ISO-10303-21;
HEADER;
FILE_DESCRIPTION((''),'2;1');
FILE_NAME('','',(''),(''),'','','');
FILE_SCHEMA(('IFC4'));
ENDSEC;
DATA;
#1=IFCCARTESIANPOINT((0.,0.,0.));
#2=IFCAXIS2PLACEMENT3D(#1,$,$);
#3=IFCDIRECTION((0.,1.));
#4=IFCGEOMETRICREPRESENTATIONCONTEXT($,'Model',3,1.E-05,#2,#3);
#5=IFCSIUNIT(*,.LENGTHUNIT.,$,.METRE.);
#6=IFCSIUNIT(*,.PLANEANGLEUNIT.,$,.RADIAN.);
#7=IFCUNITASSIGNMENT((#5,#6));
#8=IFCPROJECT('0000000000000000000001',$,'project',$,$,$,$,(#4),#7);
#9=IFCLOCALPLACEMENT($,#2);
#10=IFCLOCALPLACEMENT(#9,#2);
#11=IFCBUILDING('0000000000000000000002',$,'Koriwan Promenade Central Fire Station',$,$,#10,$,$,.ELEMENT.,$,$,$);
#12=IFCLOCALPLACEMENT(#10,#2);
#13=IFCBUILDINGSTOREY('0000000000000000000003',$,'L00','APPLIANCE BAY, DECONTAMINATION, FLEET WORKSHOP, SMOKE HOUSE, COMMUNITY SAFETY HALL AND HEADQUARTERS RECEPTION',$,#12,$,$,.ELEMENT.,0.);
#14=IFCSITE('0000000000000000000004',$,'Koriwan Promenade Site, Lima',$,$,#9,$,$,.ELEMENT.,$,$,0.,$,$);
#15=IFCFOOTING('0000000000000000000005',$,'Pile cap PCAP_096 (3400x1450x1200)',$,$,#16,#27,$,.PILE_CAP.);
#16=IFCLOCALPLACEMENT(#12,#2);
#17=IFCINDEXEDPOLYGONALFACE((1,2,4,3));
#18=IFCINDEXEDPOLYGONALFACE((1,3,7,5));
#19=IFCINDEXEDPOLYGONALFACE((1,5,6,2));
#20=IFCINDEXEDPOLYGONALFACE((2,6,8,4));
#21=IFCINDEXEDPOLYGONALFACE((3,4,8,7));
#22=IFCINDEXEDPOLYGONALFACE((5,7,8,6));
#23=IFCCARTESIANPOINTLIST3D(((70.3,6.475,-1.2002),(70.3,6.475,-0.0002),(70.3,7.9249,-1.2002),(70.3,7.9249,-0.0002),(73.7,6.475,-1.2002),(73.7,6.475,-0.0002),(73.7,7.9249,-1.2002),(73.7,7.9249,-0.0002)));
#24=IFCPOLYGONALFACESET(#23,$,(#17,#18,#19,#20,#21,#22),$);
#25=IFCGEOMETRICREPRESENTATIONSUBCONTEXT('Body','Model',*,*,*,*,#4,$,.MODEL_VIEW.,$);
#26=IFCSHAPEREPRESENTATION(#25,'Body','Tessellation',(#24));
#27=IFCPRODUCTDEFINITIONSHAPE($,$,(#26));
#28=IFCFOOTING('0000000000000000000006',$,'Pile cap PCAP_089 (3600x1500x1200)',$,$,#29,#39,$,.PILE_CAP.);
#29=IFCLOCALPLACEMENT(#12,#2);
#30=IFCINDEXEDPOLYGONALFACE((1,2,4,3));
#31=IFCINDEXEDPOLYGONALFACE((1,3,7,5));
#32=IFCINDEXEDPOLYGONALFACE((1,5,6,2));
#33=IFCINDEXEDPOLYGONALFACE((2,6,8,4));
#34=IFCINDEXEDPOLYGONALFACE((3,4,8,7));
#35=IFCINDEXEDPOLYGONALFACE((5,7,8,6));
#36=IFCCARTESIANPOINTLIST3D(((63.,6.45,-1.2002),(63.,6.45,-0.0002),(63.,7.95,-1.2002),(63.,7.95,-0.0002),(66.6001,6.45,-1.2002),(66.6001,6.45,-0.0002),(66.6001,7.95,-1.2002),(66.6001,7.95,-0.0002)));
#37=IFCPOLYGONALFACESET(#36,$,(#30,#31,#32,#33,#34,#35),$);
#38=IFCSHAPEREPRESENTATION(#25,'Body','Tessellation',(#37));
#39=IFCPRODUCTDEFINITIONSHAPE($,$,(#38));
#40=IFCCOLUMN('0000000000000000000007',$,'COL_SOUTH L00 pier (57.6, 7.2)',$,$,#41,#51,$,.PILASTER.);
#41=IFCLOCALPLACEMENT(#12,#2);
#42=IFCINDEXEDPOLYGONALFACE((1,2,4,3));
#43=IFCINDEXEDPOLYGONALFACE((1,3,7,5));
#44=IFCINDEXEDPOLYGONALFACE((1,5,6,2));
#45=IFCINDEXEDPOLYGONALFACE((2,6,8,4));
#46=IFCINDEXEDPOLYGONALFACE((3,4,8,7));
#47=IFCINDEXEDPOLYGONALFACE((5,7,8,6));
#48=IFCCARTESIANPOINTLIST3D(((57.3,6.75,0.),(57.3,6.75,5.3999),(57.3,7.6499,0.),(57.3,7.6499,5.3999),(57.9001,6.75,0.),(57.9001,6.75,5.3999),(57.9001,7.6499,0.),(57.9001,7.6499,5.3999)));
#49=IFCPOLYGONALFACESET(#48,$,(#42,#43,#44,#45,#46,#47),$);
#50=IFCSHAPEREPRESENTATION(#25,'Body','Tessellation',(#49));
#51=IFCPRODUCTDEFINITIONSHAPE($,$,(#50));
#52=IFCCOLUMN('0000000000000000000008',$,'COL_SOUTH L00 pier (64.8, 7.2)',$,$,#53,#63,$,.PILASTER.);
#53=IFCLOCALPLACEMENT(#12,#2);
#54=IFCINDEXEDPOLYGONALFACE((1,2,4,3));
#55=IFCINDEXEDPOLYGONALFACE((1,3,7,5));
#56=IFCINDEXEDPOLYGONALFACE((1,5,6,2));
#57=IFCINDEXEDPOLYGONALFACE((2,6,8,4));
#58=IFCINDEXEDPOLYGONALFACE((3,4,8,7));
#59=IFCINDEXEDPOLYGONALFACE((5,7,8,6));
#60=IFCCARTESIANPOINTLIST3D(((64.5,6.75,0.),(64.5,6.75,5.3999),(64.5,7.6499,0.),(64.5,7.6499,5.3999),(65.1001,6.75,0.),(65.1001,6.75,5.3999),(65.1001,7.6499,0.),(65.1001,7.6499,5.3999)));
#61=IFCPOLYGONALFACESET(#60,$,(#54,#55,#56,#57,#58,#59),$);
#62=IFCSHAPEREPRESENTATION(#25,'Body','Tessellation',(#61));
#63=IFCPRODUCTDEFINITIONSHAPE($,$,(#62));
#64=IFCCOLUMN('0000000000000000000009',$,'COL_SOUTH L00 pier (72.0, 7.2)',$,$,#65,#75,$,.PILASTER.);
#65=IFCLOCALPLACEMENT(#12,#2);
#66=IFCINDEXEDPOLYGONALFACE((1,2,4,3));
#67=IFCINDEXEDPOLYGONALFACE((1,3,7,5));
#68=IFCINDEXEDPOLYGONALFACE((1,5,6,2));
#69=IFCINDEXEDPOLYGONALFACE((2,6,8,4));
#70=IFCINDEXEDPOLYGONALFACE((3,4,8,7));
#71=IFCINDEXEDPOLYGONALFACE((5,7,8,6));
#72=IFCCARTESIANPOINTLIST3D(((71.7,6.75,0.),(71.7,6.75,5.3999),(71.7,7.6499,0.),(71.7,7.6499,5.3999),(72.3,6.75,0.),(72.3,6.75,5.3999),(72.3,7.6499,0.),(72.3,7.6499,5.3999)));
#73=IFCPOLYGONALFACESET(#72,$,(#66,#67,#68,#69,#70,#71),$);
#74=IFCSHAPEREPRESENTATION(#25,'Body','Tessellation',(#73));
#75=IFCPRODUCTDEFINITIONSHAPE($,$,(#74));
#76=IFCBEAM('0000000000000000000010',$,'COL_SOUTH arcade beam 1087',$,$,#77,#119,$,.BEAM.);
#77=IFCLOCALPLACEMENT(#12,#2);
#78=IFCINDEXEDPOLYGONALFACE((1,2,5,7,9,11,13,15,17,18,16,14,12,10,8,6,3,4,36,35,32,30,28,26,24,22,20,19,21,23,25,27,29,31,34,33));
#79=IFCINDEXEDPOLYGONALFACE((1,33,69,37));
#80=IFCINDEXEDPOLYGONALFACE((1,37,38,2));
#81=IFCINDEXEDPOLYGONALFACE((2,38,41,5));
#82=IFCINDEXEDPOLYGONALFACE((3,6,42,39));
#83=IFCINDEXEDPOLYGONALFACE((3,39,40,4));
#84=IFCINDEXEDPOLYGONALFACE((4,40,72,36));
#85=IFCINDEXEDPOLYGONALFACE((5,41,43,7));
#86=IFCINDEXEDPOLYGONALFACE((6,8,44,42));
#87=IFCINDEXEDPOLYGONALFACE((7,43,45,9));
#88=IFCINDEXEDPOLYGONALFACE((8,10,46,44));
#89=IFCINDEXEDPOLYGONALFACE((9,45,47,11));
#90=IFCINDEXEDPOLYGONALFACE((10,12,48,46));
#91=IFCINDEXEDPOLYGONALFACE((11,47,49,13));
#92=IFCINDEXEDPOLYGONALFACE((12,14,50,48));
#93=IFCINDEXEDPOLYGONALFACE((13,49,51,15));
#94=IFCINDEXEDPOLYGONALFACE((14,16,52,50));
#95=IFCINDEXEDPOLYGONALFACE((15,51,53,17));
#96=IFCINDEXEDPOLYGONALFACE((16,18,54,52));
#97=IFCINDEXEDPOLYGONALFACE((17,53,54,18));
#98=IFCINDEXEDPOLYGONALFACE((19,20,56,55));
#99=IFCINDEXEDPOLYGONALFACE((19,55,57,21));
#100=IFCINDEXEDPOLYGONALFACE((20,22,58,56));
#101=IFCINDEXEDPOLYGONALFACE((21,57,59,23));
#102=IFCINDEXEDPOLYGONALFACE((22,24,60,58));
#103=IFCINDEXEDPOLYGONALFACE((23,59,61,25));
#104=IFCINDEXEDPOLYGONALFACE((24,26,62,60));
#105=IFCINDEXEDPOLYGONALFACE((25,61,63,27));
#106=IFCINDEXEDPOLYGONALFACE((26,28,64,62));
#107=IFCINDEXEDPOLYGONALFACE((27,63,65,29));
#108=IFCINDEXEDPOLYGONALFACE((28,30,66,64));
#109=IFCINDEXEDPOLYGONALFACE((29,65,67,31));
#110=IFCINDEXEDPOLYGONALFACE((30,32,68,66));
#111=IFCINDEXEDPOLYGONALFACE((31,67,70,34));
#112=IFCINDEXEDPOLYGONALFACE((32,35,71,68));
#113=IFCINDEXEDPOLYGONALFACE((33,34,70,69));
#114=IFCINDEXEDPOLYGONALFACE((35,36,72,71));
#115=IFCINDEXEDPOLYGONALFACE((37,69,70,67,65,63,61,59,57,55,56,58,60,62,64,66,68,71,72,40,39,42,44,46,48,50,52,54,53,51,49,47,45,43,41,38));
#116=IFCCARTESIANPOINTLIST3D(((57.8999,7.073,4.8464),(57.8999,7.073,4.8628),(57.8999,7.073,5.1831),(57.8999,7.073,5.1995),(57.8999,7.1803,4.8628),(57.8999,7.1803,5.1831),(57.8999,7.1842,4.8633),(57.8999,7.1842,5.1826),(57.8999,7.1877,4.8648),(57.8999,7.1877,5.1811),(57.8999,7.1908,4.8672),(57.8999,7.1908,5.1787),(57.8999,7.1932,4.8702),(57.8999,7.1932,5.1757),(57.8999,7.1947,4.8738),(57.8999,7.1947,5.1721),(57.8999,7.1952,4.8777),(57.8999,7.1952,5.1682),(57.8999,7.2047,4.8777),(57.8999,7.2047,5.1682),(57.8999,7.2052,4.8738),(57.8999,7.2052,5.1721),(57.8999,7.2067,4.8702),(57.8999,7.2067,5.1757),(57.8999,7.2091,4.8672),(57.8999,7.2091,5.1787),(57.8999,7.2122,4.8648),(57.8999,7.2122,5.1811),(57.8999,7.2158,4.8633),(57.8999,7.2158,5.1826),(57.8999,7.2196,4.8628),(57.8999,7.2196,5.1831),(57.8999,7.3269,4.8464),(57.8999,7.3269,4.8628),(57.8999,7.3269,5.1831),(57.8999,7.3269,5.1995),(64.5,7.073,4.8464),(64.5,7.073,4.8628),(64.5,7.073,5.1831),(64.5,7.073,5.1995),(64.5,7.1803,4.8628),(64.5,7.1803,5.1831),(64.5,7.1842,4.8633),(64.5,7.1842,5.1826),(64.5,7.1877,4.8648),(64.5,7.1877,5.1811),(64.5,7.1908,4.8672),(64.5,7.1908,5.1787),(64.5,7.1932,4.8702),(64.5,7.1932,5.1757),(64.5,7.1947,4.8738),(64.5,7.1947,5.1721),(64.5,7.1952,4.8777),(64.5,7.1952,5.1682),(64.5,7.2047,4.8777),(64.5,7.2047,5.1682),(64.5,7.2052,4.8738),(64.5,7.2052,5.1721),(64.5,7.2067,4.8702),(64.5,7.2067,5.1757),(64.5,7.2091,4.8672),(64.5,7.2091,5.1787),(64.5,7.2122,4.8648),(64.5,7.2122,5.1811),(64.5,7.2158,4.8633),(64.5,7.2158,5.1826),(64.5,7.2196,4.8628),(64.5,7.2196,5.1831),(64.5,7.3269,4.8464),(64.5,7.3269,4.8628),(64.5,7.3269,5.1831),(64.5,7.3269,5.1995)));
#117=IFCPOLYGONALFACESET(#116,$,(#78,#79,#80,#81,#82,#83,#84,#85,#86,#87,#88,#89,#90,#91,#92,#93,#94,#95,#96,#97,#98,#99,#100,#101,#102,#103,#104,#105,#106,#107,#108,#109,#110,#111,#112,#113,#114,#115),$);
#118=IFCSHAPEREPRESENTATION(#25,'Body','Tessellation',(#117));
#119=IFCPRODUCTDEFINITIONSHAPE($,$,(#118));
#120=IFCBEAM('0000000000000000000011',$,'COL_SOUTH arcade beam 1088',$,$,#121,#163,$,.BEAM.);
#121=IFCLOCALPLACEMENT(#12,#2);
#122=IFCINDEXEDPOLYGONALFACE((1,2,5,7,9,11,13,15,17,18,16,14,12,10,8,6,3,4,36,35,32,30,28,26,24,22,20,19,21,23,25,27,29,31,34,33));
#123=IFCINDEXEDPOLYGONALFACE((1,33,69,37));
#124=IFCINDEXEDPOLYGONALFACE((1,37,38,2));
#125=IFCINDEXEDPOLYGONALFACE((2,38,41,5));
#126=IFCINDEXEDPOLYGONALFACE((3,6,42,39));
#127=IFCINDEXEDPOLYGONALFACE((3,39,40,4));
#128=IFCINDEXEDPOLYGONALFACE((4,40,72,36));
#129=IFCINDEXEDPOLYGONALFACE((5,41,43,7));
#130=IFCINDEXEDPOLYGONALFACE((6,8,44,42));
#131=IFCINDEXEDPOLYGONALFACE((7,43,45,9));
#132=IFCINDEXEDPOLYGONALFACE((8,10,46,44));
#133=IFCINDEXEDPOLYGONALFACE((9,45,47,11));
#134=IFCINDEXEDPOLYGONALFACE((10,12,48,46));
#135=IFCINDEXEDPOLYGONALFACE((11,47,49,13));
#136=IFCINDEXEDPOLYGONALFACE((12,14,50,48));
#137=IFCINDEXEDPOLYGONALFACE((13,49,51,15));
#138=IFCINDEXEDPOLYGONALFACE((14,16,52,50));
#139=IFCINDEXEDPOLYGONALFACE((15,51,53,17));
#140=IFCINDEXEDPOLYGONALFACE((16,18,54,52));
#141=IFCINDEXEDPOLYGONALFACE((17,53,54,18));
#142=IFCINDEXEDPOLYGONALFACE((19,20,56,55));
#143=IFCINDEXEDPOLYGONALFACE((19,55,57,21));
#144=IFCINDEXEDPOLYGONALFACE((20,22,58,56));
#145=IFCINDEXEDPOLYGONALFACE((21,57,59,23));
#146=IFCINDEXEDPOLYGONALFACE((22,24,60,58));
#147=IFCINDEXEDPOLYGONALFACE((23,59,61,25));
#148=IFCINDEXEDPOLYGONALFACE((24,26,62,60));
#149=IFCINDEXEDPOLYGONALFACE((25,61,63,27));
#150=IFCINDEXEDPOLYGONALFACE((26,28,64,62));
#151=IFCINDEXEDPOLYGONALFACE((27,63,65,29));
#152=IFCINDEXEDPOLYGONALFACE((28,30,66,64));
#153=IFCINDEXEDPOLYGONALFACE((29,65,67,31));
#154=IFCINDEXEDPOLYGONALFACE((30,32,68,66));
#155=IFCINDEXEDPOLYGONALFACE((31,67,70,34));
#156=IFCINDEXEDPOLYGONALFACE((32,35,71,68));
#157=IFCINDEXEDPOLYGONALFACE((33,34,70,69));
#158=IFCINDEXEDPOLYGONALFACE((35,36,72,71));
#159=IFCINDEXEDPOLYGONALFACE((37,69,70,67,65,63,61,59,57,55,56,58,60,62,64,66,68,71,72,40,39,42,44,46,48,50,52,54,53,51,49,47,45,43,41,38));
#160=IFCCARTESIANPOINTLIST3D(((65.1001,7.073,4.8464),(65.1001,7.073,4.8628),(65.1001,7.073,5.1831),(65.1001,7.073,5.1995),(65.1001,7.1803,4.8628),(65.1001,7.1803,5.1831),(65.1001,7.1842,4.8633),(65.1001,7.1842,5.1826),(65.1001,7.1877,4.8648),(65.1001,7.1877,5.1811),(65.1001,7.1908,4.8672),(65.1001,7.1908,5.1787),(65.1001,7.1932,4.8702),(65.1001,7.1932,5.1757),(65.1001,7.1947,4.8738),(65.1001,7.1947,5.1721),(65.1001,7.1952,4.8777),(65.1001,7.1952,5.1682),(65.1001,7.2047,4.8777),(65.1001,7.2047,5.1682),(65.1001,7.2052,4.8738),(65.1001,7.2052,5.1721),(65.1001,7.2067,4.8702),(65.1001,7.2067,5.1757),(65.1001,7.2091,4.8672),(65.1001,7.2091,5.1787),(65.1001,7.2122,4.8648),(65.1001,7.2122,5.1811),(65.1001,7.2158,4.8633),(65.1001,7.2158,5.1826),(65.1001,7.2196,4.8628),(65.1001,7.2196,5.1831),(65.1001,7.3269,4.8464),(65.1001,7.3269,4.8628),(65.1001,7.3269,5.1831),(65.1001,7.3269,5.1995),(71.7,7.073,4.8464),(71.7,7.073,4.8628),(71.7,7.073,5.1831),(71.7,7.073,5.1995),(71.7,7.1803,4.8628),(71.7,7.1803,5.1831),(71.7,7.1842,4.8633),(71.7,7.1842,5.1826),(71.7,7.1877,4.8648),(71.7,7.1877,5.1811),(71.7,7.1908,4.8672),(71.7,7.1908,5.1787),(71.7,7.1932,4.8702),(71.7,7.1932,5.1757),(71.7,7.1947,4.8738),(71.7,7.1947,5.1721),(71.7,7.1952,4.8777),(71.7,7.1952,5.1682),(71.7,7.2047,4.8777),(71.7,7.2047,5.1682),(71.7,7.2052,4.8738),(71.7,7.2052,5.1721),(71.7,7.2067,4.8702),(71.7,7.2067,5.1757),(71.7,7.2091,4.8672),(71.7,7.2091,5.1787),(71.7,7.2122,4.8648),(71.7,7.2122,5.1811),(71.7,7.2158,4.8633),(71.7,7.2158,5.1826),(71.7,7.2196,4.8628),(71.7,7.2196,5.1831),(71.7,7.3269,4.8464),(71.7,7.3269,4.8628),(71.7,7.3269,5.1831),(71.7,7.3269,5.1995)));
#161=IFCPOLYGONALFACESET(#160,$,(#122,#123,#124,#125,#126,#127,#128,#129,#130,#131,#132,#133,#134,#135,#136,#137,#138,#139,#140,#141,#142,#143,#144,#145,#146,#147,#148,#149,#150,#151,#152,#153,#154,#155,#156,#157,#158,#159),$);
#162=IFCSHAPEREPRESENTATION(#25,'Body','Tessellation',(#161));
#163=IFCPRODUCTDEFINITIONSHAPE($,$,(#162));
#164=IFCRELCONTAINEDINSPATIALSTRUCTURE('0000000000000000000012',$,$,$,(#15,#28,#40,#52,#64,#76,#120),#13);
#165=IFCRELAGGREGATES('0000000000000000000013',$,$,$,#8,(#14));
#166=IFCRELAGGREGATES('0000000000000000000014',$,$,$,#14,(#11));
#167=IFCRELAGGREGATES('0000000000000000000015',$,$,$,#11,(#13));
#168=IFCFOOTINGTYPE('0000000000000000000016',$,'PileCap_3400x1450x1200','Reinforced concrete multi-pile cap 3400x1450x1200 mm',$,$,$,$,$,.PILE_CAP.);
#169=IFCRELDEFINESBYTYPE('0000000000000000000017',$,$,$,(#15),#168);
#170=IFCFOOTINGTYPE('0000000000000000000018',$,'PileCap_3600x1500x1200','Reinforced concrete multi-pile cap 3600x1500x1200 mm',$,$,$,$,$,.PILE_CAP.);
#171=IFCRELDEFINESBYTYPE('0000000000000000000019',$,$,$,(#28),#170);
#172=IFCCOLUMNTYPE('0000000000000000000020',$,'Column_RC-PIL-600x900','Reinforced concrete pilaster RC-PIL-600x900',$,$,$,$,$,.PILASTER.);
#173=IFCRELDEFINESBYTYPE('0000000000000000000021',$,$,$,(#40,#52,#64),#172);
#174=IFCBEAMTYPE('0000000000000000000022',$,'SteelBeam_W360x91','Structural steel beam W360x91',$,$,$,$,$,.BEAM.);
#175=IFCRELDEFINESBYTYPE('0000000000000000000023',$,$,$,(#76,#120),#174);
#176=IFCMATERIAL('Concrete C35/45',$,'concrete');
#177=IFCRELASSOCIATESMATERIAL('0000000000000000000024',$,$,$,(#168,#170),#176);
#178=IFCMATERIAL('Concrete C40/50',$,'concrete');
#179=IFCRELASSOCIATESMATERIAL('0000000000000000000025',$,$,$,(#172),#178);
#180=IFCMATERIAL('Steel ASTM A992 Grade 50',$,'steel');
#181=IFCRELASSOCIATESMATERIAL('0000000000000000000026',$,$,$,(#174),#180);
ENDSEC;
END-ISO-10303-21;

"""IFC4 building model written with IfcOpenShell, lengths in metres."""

from ifc_helpers import new_model, si_unit, direction, frame, origin, origin_2d, place, context, subcontext, project, spatial, rectangle, i_section, extrude, material, material_profile, profile_set, type_object, element, save


model = new_model("IFC4")

# Units and contexts
model_context = context("Model", 3, precision=1e-05, world=origin(), true_north=direction((0.0, 1.0)))
body_context = subcontext(model_context, "Body", "Model", "MODEL_VIEW")
ifc_project = project(units=[si_unit("LENGTHUNIT", "METRE"), si_unit("PLANEANGLEUNIT", "RADIAN")], contexts=[model_context])

# Site, building, storey
site_placement = place(None, origin())
site = spatial("IfcSite", under=ifc_project, at=site_placement, Name="Koriwan Promenade Site, Lima", CompositionType="ELEMENT", RefElevation=0.0)
building_placement = place(site_placement, origin())
building = spatial("IfcBuilding", under=site, at=building_placement, Name="Koriwan Promenade Central Fire Station", CompositionType="ELEMENT")
storey_placement = place(building_placement, origin())
storey = spatial("IfcBuildingStorey", under=building, at=storey_placement, Name="L00", Description="APPLIANCE BAY, DECONTAMINATION, FLEET WORKSHOP, SMOKE HOUSE, COMMUNITY SAFETY HALL AND HEADQUARTERS RECEPTION", CompositionType="ELEMENT", Elevation=0.0)

# Shared definitions
ifc_material_1 = material(Name="Concrete C35/45", Category="concrete")

# Footings
footing_type_1 = type_object("IfcFootingType", Name="PileCap_3400x1450x1200", Description="Reinforced concrete multi-pile cap 3400x1450x1200 mm", PredefinedType="PILE_CAP", material=ifc_material_1)
for number, where, z_axis, x_axis, name in (
    (1, (72.0, 7.2, -1.2002), (0.0, 0.0, 1.0), (1.0, 0.0, 0.0), "Pile cap PCAP_096 (3400x1450x1200)"),
):
    element("IfcFooting", number, at=place(storey_placement, frame(where, z_axis=z_axis, x_axis=x_axis)), inside=storey, type_object=footing_type_1, Name=name, PredefinedType="PILE_CAP", context=body_context, shape_type="SweptSolid", body=[
        extrude(rectangle(XDim=3.3999, YDim=1.45, at=origin_2d()), origin(), (0.0, 0.0, 1.0), 1.2),
    ])
footing_type_2 = type_object("IfcFootingType", Name="PileCap_3600x1500x1200", Description="Reinforced concrete multi-pile cap 3600x1500x1200 mm", PredefinedType="PILE_CAP", material=ifc_material_1)
footing_1_placement = place(storey_placement, frame((64.8, 7.2, -1.2002), z_axis=(0.0, 0.0, 1.0), x_axis=(1.0, 0.0, 0.0)))
element("IfcFooting", 2, at=footing_1_placement, inside=storey, type_object=footing_type_2, Name="Pile cap PCAP_089 (3600x1500x1200)", PredefinedType="PILE_CAP", context=body_context, shape_type="SweptSolid", body=[
    extrude(rectangle(XDim=3.6001, YDim=1.5, at=origin_2d()), origin(), (0.0, 0.0, 1.0), 1.2),
])

# Columns
ifc_material_2 = material(Name="Concrete C40/50", Category="concrete")
ifc_material_profile_1 = material_profile(ifc_material_2, rectangle(XDim=0.6001, YDim=0.8999, at=origin_2d()), Name="RC-PIL-600x900")
ifc_profile_set_1 = profile_set([ifc_material_profile_1], Name="Concrete C40/50")
column_type = type_object("IfcColumnType", Name="Column_RC-PIL-600x900", Description="Reinforced concrete pilaster RC-PIL-600x900", PredefinedType="PILASTER", material=ifc_profile_set_1)
for number, where, z_axis, x_axis, name in (
    (3, (57.6001, 7.2, 0.0), (0.0, 0.0, 1.0), (1.0, 0.0, 0.0), "COL_SOUTH L00 pier (57.6, 7.2)"),
    (4, (64.8, 7.2, 0.0), (0.0, 0.0, 1.0), (1.0, 0.0, 0.0), "COL_SOUTH L00 pier (64.8, 7.2)"),
    (5, (72.0, 7.2, 0.0), (0.0, 0.0, 1.0), (1.0, 0.0, 0.0), "COL_SOUTH L00 pier (72.0, 7.2)"),
):
    element("IfcColumn", number, at=place(storey_placement, frame(where, z_axis=z_axis, x_axis=x_axis)), inside=storey, type_object=column_type, Name=name, PredefinedType="PILASTER", context=body_context, shape_type="SweptSolid", body=[
        extrude(rectangle(XDim=0.6001, YDim=0.8999, at=origin_2d()), origin(), (0.0, 0.0, 1.0), 5.3999),
    ])

# Beams
ifc_material_3 = material(Name="Steel ASTM A992 Grade 50", Category="steel")
ifc_material_profile_2 = material_profile(ifc_material_3, i_section(OverallWidth=0.2539, OverallDepth=0.353, WebThickness=0.0095, FlangeThickness=0.0164, FilletRadius=0.0149, at=origin_2d()), Name="W360x91")
ifc_profile_set_2 = profile_set([ifc_material_profile_2], Name="Steel ASTM A992 Grade 50")
beam_type = type_object("IfcBeamType", Name="SteelBeam_W360x91", Description="Structural steel beam W360x91", PredefinedType="BEAM", material=ifc_profile_set_2)
beam_placement = place(storey_placement, frame((57.8999, 7.2, 5.0229), z_axis=(1.0, 0.0, 0.0), x_axis=(0.0, 1.0, 0.0)))
element("IfcBeam", 6, at=beam_placement, inside=storey, type_object=beam_type, Name="COL_SOUTH arcade beam 1087", PredefinedType="BEAM", context=body_context, shape_type="SweptSolid", body=[
    extrude(i_section(OverallWidth=0.2539, OverallDepth=0.353, WebThickness=0.0095, FlangeThickness=0.0164, FilletRadius=0.0149, at=origin_2d()), origin(), (0.0, 0.0, 1.0), 6.6001),
])
for number, where, z_axis, x_axis, name in (
    (7, (65.1001, 7.2, 5.0229), (1.0, 0.0, 0.0), (0.0, 1.0, 0.0), "COL_SOUTH arcade beam 1088"),
):
    element("IfcBeam", number, at=place(storey_placement, frame(where, z_axis=z_axis, x_axis=x_axis)), inside=storey, type_object=beam_type, Name=name, PredefinedType="BEAM", context=body_context, shape_type="SweptSolid", body=[
        extrude(i_section(OverallWidth=0.2539, OverallDepth=0.353, WebThickness=0.0095, FlangeThickness=0.0164, FilletRadius=0.0149, at=origin_2d()), origin(), (0.0, 0.0, 1.0), 6.5999),
    ])

save(model, "model.ifc")
